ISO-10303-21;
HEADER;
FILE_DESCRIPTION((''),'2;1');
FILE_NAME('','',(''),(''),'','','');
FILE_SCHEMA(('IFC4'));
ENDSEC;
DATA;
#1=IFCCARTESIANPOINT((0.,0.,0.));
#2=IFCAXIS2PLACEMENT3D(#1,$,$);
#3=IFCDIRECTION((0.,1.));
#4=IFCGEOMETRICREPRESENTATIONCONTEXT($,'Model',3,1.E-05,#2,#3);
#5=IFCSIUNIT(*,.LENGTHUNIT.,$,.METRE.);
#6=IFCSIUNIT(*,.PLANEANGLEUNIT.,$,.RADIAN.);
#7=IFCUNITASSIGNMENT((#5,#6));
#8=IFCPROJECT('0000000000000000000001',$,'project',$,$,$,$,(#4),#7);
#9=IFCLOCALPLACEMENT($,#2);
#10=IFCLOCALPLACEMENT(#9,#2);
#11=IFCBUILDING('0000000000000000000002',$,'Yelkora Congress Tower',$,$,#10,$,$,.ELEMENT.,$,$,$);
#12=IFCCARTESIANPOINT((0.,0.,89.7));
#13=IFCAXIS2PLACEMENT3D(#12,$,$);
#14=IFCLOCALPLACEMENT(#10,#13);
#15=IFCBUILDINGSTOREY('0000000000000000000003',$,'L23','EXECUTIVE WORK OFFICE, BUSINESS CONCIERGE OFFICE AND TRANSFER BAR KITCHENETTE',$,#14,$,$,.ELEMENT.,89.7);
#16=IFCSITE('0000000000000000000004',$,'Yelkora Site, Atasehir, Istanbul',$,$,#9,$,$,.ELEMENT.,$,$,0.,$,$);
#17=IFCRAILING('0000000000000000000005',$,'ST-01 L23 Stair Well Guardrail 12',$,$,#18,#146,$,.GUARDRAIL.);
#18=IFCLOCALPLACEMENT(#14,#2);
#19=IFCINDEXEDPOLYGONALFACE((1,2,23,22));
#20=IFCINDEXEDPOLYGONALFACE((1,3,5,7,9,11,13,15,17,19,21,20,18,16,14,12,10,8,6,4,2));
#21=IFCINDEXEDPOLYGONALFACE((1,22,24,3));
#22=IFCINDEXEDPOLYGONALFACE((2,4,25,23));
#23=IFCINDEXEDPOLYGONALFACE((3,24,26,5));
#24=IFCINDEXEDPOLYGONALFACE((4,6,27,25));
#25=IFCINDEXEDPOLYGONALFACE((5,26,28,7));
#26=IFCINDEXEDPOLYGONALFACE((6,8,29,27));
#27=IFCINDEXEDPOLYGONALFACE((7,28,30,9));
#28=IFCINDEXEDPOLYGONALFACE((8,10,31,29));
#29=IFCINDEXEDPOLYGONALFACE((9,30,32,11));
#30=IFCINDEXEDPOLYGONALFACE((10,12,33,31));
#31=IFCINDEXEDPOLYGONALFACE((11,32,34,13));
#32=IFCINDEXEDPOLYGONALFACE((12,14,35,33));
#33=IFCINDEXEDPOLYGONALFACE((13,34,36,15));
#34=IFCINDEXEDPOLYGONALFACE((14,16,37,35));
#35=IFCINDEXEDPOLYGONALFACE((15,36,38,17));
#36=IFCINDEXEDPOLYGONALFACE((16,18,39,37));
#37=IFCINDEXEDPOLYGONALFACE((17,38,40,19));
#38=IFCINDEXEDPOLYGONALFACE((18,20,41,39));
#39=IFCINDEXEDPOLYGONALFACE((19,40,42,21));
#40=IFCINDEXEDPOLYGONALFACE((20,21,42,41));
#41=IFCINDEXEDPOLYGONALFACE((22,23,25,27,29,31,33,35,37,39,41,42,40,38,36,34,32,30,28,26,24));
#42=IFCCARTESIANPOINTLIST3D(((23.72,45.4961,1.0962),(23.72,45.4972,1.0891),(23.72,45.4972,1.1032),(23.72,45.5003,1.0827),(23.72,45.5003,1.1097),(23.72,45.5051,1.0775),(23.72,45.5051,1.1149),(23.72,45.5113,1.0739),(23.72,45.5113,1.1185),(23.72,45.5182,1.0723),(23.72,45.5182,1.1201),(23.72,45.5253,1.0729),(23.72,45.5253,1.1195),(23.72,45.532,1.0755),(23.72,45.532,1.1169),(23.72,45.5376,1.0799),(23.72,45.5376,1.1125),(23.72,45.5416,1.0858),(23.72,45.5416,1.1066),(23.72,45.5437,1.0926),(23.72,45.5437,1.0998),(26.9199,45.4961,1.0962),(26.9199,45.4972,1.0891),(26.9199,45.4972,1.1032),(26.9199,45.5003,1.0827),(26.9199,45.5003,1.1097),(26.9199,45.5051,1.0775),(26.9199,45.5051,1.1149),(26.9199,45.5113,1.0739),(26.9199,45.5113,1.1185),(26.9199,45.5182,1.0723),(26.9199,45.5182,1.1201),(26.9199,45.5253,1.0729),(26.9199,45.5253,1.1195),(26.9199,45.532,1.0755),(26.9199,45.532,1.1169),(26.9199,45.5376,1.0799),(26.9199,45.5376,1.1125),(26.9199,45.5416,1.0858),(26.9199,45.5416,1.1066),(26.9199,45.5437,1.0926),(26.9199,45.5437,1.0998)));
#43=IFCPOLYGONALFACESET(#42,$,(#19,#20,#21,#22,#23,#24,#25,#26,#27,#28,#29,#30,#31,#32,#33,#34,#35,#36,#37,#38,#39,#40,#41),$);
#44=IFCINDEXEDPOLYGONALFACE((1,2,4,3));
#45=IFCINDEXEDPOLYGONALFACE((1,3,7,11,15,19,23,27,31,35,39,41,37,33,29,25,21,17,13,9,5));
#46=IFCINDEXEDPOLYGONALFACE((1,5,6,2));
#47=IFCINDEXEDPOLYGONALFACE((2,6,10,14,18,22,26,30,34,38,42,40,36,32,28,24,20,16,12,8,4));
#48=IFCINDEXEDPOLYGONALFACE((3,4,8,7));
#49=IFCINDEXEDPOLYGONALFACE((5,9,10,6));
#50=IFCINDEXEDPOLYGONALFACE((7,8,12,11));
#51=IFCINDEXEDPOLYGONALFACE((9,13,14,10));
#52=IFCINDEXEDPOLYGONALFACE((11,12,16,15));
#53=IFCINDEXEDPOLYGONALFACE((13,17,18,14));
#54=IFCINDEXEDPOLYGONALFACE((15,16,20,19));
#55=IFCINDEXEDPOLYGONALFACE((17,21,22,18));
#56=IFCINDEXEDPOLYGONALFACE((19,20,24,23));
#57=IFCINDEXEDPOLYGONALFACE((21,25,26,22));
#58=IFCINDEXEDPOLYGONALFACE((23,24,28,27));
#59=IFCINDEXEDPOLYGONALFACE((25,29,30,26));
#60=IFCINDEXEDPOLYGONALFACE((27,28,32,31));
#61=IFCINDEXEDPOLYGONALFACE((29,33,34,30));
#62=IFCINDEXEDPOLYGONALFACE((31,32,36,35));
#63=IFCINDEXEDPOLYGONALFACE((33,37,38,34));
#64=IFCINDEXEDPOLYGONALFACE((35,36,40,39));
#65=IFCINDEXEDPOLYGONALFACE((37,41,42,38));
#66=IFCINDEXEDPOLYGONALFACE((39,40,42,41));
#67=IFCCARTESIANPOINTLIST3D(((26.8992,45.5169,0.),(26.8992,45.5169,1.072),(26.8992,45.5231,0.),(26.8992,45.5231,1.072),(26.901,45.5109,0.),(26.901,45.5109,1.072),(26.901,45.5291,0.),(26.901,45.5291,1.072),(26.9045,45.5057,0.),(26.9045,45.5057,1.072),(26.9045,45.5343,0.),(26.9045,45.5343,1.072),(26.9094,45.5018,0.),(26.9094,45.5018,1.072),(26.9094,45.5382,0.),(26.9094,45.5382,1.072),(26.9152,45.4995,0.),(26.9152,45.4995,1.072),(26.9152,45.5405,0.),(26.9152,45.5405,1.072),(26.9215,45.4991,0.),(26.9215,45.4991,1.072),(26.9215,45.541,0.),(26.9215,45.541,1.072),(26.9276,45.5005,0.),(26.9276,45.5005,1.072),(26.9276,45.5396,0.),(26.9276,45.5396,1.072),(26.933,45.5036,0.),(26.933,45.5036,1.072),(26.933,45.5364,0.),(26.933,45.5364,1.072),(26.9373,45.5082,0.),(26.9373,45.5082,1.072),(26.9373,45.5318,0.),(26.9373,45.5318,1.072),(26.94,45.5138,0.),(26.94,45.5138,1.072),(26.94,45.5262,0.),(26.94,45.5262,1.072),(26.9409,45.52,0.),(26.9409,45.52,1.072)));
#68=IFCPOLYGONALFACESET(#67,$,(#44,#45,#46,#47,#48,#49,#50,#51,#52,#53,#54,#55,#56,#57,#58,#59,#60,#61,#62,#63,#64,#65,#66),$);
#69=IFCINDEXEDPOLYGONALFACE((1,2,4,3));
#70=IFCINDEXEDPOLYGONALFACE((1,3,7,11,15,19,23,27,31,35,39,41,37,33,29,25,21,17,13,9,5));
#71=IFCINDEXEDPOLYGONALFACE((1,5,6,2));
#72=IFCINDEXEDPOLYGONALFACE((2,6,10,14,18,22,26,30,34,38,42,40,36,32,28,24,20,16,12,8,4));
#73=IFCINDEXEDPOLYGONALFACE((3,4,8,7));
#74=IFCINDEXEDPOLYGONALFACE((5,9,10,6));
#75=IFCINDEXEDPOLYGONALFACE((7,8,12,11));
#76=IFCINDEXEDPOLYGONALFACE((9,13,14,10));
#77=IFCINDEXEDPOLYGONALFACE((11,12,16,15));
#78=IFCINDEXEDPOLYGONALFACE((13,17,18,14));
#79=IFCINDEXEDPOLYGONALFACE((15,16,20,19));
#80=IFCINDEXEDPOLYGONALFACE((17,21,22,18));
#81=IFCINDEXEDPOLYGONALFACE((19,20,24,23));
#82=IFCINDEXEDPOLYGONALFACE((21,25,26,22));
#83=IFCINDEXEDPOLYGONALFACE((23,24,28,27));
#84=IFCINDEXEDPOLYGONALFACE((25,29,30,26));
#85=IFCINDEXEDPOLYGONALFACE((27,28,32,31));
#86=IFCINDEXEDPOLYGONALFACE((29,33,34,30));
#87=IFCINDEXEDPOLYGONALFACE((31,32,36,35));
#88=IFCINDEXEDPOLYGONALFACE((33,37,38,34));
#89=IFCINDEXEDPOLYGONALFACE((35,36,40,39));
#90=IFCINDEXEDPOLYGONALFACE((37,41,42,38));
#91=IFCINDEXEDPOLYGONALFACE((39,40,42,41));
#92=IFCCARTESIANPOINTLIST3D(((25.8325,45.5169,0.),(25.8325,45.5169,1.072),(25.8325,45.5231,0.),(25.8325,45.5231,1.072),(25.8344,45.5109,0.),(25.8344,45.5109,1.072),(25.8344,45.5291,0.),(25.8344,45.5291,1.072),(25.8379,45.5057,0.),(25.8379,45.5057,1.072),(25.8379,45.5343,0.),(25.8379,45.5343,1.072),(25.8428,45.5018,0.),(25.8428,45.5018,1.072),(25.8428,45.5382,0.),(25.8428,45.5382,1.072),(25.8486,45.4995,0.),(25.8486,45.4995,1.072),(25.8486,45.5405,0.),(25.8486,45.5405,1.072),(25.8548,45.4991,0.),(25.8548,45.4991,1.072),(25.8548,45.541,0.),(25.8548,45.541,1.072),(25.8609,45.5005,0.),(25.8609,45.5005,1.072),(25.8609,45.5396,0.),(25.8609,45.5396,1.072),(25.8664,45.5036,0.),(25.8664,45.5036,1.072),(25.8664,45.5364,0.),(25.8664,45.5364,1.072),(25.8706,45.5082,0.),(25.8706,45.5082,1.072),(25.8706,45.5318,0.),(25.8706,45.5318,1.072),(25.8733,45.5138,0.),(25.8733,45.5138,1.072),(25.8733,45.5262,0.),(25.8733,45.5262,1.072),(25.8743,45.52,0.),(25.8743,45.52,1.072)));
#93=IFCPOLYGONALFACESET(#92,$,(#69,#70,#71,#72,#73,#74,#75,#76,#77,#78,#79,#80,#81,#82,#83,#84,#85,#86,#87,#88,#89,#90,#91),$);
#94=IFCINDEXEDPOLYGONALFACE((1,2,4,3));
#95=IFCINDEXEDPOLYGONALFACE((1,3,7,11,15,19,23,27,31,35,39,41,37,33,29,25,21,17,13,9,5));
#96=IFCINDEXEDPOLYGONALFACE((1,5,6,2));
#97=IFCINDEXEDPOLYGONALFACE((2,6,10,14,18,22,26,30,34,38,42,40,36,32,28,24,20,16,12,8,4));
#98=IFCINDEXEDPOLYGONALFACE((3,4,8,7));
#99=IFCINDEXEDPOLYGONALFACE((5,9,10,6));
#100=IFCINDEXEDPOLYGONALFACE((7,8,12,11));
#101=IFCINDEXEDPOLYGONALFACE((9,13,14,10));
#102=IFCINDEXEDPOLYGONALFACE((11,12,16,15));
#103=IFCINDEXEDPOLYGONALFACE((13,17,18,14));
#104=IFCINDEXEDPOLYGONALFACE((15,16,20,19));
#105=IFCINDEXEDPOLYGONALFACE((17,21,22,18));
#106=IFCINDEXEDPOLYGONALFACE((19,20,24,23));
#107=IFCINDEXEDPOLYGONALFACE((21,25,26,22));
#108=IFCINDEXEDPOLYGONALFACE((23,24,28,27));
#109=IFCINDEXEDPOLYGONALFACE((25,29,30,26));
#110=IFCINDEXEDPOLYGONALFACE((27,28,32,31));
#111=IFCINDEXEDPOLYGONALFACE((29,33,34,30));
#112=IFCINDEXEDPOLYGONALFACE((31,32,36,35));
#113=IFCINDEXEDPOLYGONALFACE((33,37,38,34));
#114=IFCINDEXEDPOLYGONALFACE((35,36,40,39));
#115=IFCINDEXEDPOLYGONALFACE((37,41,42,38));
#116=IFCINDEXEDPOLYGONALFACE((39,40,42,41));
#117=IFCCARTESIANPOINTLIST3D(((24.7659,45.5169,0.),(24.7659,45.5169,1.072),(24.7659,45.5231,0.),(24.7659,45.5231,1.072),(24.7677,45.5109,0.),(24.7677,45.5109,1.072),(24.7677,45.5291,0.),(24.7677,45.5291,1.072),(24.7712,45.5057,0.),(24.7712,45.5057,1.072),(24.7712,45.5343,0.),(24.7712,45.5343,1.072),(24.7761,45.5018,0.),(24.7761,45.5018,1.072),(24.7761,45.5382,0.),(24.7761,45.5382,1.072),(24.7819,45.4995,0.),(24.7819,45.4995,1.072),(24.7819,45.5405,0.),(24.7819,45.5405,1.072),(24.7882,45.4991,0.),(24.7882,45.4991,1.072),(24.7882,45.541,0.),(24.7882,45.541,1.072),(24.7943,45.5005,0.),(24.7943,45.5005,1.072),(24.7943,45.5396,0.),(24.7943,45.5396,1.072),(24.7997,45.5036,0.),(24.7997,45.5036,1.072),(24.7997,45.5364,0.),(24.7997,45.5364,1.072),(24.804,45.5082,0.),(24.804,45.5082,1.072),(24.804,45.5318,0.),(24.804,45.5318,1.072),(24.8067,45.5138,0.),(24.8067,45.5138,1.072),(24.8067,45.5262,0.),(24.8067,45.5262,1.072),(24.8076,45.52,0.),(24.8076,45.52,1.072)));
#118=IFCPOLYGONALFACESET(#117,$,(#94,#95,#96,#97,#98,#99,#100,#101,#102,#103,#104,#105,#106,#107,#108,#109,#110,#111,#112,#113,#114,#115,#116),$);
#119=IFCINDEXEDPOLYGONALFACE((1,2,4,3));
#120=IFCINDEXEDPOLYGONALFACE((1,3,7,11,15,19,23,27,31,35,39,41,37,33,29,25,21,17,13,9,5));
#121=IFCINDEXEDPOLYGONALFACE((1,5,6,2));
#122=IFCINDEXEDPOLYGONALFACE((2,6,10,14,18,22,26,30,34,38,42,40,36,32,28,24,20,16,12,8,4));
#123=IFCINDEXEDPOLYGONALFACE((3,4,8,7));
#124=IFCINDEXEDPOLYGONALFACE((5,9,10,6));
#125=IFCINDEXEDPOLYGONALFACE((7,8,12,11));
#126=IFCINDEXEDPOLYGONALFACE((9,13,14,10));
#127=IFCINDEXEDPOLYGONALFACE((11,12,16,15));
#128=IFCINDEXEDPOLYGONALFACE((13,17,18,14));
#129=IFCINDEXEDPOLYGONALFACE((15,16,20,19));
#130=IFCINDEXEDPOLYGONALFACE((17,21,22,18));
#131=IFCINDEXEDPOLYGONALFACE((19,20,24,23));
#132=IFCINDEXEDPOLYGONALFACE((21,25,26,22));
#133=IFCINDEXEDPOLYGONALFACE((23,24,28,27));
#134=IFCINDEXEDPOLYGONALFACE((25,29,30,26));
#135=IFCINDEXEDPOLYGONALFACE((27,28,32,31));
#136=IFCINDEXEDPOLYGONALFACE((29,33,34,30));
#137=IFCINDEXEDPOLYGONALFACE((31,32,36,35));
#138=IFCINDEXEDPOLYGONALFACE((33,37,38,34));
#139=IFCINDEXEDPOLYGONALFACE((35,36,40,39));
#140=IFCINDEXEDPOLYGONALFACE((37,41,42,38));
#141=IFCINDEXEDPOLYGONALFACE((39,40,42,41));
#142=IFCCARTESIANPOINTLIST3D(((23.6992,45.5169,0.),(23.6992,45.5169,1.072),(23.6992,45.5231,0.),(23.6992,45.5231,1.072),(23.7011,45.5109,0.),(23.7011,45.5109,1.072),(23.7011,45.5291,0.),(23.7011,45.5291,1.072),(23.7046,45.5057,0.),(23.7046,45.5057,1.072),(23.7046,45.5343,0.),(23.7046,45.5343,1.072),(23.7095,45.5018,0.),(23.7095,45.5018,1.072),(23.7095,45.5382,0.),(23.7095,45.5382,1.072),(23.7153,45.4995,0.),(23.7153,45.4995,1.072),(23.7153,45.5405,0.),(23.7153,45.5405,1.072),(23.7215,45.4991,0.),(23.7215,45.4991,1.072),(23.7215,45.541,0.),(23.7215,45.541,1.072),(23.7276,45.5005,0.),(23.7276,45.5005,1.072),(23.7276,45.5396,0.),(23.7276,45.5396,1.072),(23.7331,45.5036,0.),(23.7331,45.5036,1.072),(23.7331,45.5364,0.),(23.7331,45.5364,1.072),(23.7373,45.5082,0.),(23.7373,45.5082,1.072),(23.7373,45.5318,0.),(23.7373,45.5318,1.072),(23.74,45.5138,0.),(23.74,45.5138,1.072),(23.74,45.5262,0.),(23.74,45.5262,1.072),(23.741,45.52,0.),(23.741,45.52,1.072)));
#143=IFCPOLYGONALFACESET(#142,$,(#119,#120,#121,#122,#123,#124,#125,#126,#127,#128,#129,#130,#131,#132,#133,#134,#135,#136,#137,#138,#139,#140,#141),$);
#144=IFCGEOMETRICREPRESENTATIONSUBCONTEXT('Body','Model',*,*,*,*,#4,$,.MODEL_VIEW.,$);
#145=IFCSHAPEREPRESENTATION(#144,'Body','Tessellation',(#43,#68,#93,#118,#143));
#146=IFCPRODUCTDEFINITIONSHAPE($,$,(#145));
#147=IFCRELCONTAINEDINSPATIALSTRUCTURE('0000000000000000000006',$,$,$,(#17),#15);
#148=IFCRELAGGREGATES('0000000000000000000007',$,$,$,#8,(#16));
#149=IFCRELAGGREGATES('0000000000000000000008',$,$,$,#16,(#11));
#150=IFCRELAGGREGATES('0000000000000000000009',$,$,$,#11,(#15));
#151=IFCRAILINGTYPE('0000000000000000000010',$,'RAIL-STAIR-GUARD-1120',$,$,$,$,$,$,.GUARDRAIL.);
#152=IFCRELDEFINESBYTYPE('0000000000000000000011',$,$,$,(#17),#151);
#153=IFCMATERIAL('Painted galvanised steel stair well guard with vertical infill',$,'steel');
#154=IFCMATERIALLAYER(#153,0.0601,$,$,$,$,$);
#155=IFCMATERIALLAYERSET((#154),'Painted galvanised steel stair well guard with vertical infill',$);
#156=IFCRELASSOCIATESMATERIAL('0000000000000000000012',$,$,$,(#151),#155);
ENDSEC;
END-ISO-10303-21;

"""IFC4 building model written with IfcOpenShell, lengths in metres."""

from ifc_helpers import new_model, si_unit, direction, frame, origin, origin_2d, place, context, subcontext, project, spatial, circle, extrude, material, layer, layer_set, type_object, element, save


model = new_model("IFC4")

# Units and contexts
model_context = context("Model", 3, precision=1e-05, world=origin(), true_north=direction((0.0, 1.0)))
body_context = subcontext(model_context, "Body", "Model", "MODEL_VIEW")
ifc_project = project(units=[si_unit("LENGTHUNIT", "METRE"), si_unit("PLANEANGLEUNIT", "RADIAN")], contexts=[model_context])

# Site, building, storey
site_placement = place(None, origin())
site = spatial("IfcSite", under=ifc_project, at=site_placement, Name="Yelkora Site, Atasehir, Istanbul", CompositionType="ELEMENT", RefElevation=0.0)
building_placement = place(site_placement, origin())
building = spatial("IfcBuilding", under=site, at=building_placement, Name="Yelkora Congress Tower", CompositionType="ELEMENT")
storey_placement = place(building_placement, frame((0.0, 0.0, 89.7)))
storey = spatial("IfcBuildingStorey", under=building, at=storey_placement, Name="L23", Description="EXECUTIVE WORK OFFICE, BUSINESS CONCIERGE OFFICE AND TRANSFER BAR KITCHENETTE", CompositionType="ELEMENT", Elevation=89.7)

# Railing
ifc_material_1 = material(Name="Painted galvanised steel stair well guard with vertical infill", Category="steel")
ifc_layer_1 = layer(ifc_material_1, 0.0601)
ifc_layer_set_1 = layer_set([ifc_layer_1], Name="Painted galvanised steel stair well guard with vertical infill")
railing_type_1 = type_object("IfcRailingType", Name="RAIL-STAIR-GUARD-1120", PredefinedType="GUARDRAIL", material=ifc_layer_set_1)
railing_1_placement = place(storey_placement, frame((26.9199, 45.52, 0.0)))
element("IfcRailing", 1, at=railing_1_placement, inside=storey, type_object=railing_type_1, Name="ST-01 L23 Stair Well Guardrail 12", PredefinedType="GUARDRAIL", context=body_context, shape_type="SweptSolid", body=[
    extrude(circle(Radius=0.0239, at=origin_2d()), frame((0.0, 0.0, 1.0962), z_axis=(-1.0, 0.0, 0.0), x_axis=(0.0, -1.0, 0.0)), (0.0, 0.0, 1.0), 3.2),
    extrude(circle(Radius=0.021, at=origin_2d()), origin(), (0.0, 0.0, 1.0), 1.072),
    extrude(circle(Radius=0.021, at=origin_2d()), frame((-1.0667, 0.0, 0.0)), (0.0, 0.0, 1.0), 1.072),
    extrude(circle(Radius=0.021, at=origin_2d()), frame((-2.1333, 0.0, 0.0)), (0.0, 0.0, 1.0), 1.072),
    extrude(circle(Radius=0.021, at=origin_2d()), frame((-3.2, 0.0, 0.0)), (0.0, 0.0, 1.0), 1.072),
])

save(model, "model.ifc")
